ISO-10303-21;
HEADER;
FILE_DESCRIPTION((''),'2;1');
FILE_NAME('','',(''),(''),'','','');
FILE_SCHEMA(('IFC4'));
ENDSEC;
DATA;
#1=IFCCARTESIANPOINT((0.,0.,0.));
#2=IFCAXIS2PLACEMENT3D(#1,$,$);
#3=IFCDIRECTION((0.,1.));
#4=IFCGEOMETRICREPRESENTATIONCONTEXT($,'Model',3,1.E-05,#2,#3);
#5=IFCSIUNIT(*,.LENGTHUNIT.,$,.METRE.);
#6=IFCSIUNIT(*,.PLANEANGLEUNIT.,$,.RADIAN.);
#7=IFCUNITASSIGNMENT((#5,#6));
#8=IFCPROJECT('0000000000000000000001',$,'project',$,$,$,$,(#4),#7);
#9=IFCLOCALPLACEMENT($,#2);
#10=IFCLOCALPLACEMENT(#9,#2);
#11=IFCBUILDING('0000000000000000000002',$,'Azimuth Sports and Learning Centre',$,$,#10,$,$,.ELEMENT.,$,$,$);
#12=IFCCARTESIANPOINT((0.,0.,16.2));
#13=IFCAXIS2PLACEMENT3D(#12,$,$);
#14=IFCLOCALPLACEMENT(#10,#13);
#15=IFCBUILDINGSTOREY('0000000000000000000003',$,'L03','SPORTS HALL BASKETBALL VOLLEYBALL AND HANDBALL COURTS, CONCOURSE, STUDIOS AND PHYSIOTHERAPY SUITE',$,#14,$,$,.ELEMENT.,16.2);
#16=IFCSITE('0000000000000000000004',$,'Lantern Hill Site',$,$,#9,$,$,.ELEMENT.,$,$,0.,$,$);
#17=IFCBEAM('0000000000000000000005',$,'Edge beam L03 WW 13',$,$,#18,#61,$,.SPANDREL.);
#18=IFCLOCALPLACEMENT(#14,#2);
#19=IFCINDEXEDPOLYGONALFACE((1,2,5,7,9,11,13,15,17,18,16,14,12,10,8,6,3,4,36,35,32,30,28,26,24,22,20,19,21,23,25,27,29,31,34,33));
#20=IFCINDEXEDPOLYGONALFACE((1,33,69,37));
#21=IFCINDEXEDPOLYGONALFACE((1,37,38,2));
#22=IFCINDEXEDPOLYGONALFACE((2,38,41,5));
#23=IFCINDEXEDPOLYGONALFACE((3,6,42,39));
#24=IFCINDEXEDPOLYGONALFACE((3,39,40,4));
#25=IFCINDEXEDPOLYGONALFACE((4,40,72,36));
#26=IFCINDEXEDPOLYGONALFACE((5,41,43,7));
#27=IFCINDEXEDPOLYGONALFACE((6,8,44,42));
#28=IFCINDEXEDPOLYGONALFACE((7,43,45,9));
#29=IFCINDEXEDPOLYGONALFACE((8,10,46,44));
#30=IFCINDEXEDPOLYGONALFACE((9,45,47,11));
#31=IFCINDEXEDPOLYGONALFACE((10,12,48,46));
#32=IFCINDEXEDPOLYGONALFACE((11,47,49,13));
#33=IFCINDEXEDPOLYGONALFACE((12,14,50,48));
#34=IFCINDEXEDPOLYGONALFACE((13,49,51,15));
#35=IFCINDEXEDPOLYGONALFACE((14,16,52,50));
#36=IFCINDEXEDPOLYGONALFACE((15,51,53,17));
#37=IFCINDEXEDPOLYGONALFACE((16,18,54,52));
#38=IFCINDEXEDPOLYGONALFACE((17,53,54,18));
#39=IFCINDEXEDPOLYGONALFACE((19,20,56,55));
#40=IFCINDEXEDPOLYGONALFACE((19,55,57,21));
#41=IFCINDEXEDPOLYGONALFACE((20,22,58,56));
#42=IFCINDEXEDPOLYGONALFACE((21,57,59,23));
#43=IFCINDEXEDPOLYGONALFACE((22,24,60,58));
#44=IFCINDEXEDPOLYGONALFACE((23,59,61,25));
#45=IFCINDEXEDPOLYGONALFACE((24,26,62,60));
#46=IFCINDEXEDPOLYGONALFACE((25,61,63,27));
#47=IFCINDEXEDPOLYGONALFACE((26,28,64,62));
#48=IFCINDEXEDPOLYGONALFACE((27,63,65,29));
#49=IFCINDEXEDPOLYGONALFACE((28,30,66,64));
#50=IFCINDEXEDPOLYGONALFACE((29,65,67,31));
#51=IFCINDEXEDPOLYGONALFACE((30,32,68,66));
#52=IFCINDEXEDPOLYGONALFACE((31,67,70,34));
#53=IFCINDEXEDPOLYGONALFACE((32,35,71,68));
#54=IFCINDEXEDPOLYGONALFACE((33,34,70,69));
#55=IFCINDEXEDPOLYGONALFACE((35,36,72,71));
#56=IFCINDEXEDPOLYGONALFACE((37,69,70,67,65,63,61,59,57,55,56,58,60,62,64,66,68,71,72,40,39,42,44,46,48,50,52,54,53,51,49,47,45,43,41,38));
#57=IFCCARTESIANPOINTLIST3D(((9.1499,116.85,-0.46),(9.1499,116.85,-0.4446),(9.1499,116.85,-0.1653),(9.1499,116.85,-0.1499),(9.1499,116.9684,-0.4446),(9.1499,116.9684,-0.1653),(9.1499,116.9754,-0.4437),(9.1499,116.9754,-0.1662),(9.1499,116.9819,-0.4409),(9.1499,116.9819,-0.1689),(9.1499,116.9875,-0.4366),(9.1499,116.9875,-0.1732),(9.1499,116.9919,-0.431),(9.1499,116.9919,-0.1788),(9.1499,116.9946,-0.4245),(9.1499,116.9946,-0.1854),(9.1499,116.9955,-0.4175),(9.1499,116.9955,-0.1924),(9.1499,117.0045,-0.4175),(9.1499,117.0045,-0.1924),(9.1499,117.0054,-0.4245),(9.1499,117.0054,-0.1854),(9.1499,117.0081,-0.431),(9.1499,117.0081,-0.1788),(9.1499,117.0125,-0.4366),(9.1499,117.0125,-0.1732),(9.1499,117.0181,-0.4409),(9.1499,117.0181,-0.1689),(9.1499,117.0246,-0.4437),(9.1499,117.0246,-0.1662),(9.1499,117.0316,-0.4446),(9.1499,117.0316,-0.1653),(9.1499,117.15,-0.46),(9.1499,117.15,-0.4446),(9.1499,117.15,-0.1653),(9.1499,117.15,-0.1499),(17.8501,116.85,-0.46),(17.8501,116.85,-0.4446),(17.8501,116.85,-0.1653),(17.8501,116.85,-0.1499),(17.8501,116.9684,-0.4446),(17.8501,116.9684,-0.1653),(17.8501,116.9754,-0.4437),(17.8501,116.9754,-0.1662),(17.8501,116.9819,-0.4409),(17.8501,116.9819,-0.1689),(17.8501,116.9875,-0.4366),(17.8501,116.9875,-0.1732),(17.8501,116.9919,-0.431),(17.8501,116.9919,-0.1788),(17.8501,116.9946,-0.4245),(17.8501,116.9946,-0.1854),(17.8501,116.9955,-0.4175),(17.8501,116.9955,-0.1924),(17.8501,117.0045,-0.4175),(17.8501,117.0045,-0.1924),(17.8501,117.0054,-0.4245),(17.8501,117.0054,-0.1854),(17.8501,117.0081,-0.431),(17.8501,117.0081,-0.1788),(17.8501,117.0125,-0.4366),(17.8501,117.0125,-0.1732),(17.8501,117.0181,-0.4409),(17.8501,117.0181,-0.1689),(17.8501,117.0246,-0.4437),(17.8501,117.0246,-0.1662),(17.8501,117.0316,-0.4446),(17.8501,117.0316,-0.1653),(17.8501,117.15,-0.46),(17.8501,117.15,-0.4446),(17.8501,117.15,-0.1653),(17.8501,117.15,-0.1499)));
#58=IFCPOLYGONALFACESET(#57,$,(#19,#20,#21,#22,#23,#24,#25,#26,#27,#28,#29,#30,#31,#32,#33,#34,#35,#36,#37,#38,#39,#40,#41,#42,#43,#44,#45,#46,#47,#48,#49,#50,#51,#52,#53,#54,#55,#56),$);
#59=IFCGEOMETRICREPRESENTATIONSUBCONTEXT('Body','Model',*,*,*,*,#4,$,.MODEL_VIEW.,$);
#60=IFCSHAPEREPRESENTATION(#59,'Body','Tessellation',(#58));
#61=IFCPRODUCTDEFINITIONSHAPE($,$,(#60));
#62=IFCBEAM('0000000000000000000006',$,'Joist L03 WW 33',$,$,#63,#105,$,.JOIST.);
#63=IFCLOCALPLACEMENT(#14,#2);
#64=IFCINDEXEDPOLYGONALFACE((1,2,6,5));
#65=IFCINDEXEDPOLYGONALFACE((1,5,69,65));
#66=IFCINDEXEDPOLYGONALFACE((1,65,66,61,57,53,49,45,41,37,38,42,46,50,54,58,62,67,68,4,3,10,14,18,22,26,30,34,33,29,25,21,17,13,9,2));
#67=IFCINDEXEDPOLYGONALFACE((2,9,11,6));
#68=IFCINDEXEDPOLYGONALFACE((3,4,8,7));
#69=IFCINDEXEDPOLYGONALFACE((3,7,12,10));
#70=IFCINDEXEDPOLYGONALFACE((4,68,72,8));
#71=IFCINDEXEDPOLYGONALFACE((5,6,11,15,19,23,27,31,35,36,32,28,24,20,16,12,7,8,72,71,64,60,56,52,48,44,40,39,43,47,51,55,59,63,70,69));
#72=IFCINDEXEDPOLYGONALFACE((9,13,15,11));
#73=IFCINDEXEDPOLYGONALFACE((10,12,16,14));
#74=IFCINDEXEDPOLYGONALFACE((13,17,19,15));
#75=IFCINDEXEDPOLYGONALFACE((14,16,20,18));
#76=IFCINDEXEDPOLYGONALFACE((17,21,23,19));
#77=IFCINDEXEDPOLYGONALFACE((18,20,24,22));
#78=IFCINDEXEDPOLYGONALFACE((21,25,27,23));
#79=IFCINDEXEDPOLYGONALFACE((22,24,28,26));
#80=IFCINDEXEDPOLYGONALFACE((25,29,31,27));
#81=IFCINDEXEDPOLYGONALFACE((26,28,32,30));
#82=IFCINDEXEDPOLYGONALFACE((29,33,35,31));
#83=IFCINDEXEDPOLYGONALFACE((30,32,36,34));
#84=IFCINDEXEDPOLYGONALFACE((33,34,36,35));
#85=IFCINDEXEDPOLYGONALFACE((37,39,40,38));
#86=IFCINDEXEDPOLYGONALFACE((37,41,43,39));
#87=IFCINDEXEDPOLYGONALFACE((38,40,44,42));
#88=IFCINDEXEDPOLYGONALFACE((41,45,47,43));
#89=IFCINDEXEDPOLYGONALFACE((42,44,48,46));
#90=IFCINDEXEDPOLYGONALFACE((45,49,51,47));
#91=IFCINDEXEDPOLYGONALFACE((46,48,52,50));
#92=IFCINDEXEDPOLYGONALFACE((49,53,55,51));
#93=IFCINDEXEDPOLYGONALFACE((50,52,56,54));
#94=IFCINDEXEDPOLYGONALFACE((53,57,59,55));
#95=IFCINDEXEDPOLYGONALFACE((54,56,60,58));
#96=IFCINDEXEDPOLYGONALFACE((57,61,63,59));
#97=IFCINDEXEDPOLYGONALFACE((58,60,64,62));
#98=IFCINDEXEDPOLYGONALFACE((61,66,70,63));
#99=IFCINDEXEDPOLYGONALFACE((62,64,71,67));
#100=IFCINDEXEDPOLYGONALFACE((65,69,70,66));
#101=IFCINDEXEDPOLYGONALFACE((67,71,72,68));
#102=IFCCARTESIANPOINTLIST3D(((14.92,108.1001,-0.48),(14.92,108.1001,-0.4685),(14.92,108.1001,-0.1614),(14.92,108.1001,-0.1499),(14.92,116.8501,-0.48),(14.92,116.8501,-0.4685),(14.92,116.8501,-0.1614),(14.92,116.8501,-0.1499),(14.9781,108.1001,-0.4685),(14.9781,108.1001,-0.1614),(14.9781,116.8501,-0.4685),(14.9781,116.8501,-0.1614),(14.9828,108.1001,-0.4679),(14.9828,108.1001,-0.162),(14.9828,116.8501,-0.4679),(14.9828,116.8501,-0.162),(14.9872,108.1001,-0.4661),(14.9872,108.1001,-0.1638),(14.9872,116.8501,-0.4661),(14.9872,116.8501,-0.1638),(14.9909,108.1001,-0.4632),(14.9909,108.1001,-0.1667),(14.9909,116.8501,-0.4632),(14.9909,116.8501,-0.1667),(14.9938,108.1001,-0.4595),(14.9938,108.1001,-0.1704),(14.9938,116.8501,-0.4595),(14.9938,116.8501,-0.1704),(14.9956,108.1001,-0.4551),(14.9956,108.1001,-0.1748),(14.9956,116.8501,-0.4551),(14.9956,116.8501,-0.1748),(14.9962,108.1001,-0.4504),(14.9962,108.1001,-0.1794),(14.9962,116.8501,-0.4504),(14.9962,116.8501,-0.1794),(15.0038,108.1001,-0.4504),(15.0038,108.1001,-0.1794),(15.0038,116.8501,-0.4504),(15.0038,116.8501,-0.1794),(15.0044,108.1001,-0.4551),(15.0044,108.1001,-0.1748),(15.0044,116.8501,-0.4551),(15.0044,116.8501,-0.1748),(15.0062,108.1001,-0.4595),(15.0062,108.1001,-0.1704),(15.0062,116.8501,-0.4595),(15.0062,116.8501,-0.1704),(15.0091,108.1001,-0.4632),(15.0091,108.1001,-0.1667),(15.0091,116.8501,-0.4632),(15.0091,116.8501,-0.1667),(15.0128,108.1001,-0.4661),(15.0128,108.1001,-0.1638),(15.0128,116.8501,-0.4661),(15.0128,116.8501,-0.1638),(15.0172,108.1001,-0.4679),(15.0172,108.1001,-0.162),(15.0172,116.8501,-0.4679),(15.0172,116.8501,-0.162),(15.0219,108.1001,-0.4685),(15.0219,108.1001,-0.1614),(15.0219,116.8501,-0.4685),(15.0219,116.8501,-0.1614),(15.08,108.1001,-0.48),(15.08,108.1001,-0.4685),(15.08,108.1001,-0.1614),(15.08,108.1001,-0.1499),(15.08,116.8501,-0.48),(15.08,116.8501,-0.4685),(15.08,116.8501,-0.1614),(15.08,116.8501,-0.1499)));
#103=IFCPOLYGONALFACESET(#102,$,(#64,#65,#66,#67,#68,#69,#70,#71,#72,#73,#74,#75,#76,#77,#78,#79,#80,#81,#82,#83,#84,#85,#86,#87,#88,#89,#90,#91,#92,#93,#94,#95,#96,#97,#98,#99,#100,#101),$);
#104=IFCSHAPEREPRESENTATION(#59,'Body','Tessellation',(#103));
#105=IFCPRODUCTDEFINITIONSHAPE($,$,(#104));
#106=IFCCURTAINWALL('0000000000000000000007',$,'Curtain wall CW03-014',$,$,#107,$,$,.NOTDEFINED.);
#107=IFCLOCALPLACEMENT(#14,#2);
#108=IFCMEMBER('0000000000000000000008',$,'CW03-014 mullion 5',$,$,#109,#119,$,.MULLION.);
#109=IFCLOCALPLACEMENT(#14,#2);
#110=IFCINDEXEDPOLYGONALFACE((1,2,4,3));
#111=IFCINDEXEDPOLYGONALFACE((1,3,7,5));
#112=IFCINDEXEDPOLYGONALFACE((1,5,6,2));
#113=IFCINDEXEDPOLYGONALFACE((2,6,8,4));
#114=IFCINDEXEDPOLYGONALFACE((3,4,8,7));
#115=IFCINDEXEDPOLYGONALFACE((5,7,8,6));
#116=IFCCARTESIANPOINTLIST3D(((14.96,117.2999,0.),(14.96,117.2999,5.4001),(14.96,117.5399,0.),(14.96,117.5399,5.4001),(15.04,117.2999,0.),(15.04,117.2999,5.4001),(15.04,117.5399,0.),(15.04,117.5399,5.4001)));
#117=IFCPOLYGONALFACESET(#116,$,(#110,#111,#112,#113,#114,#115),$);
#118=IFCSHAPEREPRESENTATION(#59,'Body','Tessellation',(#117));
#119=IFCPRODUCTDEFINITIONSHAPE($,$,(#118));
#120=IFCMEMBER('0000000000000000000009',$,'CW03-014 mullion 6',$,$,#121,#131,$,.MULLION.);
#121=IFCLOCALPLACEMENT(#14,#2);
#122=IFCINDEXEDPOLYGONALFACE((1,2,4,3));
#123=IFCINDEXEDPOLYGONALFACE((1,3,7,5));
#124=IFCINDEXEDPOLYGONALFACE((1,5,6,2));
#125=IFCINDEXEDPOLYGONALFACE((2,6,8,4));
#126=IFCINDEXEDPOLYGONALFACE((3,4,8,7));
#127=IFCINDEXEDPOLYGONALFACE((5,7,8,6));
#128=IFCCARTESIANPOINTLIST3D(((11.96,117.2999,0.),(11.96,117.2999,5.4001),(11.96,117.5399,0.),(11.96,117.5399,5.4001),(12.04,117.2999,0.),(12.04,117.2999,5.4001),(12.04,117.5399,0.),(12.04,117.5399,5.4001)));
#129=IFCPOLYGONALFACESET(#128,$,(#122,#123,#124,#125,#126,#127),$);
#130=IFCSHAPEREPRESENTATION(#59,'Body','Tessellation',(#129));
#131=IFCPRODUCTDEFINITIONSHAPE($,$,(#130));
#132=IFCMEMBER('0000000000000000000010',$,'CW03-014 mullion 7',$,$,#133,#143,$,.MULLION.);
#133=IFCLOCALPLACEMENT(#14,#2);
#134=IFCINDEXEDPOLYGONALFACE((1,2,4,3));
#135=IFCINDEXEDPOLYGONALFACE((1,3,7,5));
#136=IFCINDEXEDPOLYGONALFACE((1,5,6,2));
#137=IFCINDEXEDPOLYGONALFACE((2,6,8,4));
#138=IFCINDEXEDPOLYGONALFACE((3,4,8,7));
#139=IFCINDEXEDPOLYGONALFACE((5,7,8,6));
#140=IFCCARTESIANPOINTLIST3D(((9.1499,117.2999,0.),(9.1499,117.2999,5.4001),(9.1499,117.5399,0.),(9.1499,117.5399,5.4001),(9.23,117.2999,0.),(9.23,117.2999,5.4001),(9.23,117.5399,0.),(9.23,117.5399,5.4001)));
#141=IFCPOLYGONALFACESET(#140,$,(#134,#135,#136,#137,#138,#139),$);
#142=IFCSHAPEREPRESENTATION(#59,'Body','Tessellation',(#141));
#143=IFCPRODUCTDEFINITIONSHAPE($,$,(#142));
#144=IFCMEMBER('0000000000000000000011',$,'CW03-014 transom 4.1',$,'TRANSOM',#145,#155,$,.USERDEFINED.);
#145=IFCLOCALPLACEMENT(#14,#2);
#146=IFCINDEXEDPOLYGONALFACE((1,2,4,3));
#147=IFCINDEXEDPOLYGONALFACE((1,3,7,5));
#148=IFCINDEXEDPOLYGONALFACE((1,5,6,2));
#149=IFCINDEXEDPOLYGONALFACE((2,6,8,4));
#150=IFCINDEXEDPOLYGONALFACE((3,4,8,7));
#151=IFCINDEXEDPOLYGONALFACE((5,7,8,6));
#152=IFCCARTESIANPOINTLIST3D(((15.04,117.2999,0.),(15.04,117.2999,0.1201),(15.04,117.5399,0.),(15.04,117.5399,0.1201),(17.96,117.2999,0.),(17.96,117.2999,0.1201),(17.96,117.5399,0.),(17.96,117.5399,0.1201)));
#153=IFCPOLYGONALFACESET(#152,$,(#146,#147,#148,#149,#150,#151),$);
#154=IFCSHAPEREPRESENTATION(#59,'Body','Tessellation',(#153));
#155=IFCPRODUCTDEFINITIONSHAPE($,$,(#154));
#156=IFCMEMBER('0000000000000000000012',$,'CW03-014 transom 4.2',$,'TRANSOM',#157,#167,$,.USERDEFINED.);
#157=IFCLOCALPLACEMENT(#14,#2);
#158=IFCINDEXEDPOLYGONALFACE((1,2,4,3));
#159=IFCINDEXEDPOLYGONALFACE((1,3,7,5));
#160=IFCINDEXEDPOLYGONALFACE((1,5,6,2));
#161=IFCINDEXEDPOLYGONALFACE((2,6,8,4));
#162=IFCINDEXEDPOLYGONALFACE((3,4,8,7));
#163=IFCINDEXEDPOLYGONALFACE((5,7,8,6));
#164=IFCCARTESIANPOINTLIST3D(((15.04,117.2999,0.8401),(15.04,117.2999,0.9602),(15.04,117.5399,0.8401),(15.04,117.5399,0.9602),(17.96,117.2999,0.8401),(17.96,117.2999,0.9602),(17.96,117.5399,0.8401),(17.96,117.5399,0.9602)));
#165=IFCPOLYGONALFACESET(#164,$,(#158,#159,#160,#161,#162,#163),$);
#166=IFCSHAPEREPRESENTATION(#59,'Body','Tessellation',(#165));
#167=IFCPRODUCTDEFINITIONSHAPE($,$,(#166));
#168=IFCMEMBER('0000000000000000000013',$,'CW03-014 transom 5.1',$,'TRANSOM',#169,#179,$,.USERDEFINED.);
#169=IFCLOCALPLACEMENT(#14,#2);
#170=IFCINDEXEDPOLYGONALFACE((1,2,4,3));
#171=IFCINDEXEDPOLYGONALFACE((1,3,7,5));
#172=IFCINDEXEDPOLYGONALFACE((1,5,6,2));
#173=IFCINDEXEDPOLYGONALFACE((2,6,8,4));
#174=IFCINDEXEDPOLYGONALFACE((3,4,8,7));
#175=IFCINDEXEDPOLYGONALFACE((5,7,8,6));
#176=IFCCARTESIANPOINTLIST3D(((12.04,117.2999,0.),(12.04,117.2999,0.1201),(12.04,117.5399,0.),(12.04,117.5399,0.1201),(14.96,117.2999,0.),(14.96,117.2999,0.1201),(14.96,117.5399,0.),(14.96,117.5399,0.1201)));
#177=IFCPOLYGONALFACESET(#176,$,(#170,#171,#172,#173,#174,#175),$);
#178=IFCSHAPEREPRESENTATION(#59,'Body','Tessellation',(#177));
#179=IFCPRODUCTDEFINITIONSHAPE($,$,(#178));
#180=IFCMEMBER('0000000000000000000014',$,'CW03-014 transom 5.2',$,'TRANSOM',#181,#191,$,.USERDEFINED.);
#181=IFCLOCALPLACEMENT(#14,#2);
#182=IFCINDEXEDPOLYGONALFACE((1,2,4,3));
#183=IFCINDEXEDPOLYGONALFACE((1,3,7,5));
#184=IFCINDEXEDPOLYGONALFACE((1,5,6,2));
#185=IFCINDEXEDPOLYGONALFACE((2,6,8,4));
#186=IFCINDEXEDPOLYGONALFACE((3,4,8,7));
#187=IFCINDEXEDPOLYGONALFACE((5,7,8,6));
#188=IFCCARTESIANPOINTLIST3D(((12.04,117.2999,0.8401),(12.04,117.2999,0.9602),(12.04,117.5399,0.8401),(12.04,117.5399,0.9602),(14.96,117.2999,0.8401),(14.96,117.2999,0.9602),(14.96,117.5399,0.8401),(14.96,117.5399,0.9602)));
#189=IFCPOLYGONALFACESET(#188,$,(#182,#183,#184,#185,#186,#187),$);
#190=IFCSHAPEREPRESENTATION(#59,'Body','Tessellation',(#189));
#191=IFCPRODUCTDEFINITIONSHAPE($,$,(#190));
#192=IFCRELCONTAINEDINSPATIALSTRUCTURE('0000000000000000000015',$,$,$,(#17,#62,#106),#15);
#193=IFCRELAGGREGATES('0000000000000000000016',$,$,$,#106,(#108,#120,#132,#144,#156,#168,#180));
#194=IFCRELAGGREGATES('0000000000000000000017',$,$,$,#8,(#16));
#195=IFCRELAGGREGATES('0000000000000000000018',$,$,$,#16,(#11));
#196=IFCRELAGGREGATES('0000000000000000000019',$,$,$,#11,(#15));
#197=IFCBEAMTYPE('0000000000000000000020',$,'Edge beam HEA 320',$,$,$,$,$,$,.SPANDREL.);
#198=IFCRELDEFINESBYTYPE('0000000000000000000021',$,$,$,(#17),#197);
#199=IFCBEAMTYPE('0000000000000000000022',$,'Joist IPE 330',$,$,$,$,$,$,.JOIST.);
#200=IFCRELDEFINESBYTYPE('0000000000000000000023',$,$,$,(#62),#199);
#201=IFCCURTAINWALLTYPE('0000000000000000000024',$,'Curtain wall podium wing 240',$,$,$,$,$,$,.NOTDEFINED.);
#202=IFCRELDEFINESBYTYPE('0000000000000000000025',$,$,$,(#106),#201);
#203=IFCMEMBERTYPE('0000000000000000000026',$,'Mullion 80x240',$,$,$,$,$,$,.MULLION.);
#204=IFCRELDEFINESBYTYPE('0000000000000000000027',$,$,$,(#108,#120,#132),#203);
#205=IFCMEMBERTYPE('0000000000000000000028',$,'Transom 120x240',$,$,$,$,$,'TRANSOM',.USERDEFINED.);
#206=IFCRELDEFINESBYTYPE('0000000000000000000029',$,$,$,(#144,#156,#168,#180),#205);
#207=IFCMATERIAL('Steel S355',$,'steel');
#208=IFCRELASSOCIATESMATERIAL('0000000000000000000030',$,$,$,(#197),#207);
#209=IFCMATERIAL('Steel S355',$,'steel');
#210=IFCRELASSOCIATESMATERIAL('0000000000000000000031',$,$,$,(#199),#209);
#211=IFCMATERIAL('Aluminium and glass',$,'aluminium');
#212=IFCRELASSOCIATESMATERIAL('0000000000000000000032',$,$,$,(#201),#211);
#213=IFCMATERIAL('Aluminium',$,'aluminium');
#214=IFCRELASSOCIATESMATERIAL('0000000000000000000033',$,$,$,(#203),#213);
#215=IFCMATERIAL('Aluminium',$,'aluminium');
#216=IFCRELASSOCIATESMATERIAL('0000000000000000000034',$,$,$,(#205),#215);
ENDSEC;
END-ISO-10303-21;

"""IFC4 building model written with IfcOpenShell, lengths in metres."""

from ifc_helpers import new_model, si_unit, direction, frame, origin, origin_2d, place, context, subcontext, project, spatial, rectangle, i_section, extrude, material, material_profile, profile_set, type_object, element, aggregate, save


model = new_model("IFC4")

# Units and contexts
model_context = context("Model", 3, precision=1e-05, world=origin(), true_north=direction((0.0, 1.0)))
body_context = subcontext(model_context, "Body", "Model", "MODEL_VIEW")
ifc_project = project(units=[si_unit("LENGTHUNIT", "METRE"), si_unit("PLANEANGLEUNIT", "RADIAN")], contexts=[model_context])

# Site, building, storey
site_placement = place(None, origin())
site = spatial("IfcSite", under=ifc_project, at=site_placement, Name="Lantern Hill Site", CompositionType="ELEMENT", RefElevation=0.0)
building_placement = place(site_placement, origin())
building = spatial("IfcBuilding", under=site, at=building_placement, Name="Azimuth Sports and Learning Centre", CompositionType="ELEMENT")
storey_placement = place(building_placement, frame((0.0, 0.0, 16.2)))
storey = spatial("IfcBuildingStorey", under=building, at=storey_placement, Name="L03", Description="SPORTS HALL BASKETBALL VOLLEYBALL AND HANDBALL COURTS, CONCOURSE, STUDIOS AND PHYSIOTHERAPY SUITE", CompositionType="ELEMENT", Elevation=16.2)

# Beams
ifc_material_1 = material(Name="Steel S355", Category="steel")
ifc_material_profile_1 = material_profile(ifc_material_1, i_section(OverallWidth=0.3, OverallDepth=0.3101, WebThickness=0.009, FlangeThickness=0.0154, FilletRadius=0.0271, at=origin_2d()), Name="HEA 320")
ifc_profile_set_1 = profile_set([ifc_material_profile_1], Name="Steel S355")
beam_type_1 = type_object("IfcBeamType", Name="Edge beam HEA 320", PredefinedType="SPANDREL", material=ifc_profile_set_1)
beam_1_placement = place(storey_placement, frame((9.1499, 117.0, -0.3049), z_axis=(1.0, 0.0, 0.0), x_axis=(0.0, 1.0, 0.0)))
element("IfcBeam", 1, at=beam_1_placement, inside=storey, type_object=beam_type_1, Name="Edge beam L03 WW 13", PredefinedType="SPANDREL", context=body_context, shape_type="SweptSolid", body=[
    extrude(i_section(OverallWidth=0.3, OverallDepth=0.3101, WebThickness=0.009, FlangeThickness=0.0154, FilletRadius=0.0271, at=origin_2d()), origin(), (0.0, 0.0, 1.0), 8.7002),
])
ifc_material_2 = material(Name="Steel S355", Category="steel")
ifc_material_profile_2 = material_profile(ifc_material_2, i_section(OverallWidth=0.1599, OverallDepth=0.3301, WebThickness=0.0076, FlangeThickness=0.0115, FilletRadius=0.0181, at=origin_2d()), Name="IPE 330")
ifc_profile_set_2 = profile_set([ifc_material_profile_2], Name="Steel S355")
beam_type_2 = type_object("IfcBeamType", Name="Joist IPE 330", PredefinedType="JOIST", material=ifc_profile_set_2)
beam_2_placement = place(storey_placement, frame((15.0, 108.1001, -0.3149), z_axis=(0.0, 1.0, 0.0), x_axis=(-1.0, 0.0, 0.0)))
element("IfcBeam", 2, at=beam_2_placement, inside=storey, type_object=beam_type_2, Name="Joist L03 WW 33", PredefinedType="JOIST", context=body_context, shape_type="SweptSolid", body=[
    extrude(i_section(OverallWidth=0.1599, OverallDepth=0.3301, WebThickness=0.0076, FlangeThickness=0.0115, FilletRadius=0.0181, at=origin_2d()), origin(), (0.0, 0.0, 1.0), 8.75),
])

# Curtain wall, members
ifc_material_3 = material(Name="Aluminium and glass", Category="aluminium")
curtain_wall_type = type_object("IfcCurtainWallType", Name="Curtain wall podium wing 240", PredefinedType="NOTDEFINED", material=ifc_material_3)
curtain_wall_placement = place(storey_placement, origin())
curtain_wall = element("IfcCurtainWall", 3, at=curtain_wall_placement, inside=storey, type_object=curtain_wall_type, Name="Curtain wall CW03-014", PredefinedType="NOTDEFINED")
ifc_material_4 = material(Name="Aluminium", Category="aluminium")
ifc_material_profile_3 = material_profile(ifc_material_4, rectangle(XDim=0.24, YDim=0.0801, at=origin_2d()), Name="Mullion 80x240")
ifc_profile_set_3 = profile_set([ifc_material_profile_3], Name="Aluminium")
member_type_1 = type_object("IfcMemberType", Name="Mullion 80x240", PredefinedType="MULLION", material=ifc_profile_set_3)
member_1_placement = place(storey_placement, frame((15.0, 117.4199, 0.0), z_axis=(0.0, 0.0, 1.0), x_axis=(0.0, -1.0, 0.0)))
member_1 = element("IfcMember", 4, at=member_1_placement, type_object=member_type_1, Name="CW03-014 mullion 5", PredefinedType="MULLION", context=body_context, shape_type="SweptSolid", body=[
    extrude(rectangle(XDim=0.24, YDim=0.0801, at=origin_2d()), origin(), (0.0, 0.0, 1.0), 5.4001),
])
member_2_placement = place(storey_placement, frame((12.0, 117.4199, 0.0), z_axis=(0.0, 0.0, 1.0), x_axis=(0.0, -1.0, 0.0)))
member_2 = element("IfcMember", 5, at=member_2_placement, type_object=member_type_1, Name="CW03-014 mullion 6", PredefinedType="MULLION", context=body_context, shape_type="SweptSolid", body=[
    extrude(rectangle(XDim=0.24, YDim=0.0801, at=origin_2d()), origin(), (0.0, 0.0, 1.0), 5.4001),
])
member_3_placement = place(storey_placement, frame((9.1899, 117.4199, 0.0), z_axis=(0.0, 0.0, 1.0), x_axis=(0.0, -1.0, 0.0)))
member_3 = element("IfcMember", 6, at=member_3_placement, type_object=member_type_1, Name="CW03-014 mullion 7", PredefinedType="MULLION", context=body_context, shape_type="SweptSolid", body=[
    extrude(rectangle(XDim=0.24, YDim=0.0801, at=origin_2d()), origin(), (0.0, 0.0, 1.0), 5.4001),
])
ifc_material_5 = material(Name="Aluminium", Category="aluminium")
ifc_material_profile_4 = material_profile(ifc_material_5, rectangle(XDim=0.24, YDim=0.1201, at=origin_2d()), Name="Transom 120x240")
ifc_profile_set_4 = profile_set([ifc_material_profile_4], Name="Aluminium")
member_type_2 = type_object("IfcMemberType", Name="Transom 120x240", ElementType="TRANSOM", PredefinedType="USERDEFINED", material=ifc_profile_set_4)
member_4_placement = place(storey_placement, frame((17.96, 117.4199, 0.0601), z_axis=(-1.0, 0.0, 0.0), x_axis=(0.0, -1.0, 0.0)))
member_4 = element("IfcMember", 7, at=member_4_placement, type_object=member_type_2, Name="CW03-014 transom 4.1", ObjectType="TRANSOM", PredefinedType="USERDEFINED", context=body_context, shape_type="SweptSolid", body=[
    extrude(rectangle(XDim=0.24, YDim=0.1201, at=origin_2d()), origin(), (0.0, 0.0, 1.0), 2.9199),
])
member_5_placement = place(storey_placement, frame((17.96, 117.4199, 0.9001), z_axis=(-1.0, 0.0, 0.0), x_axis=(0.0, -1.0, 0.0)))
member_5 = element("IfcMember", 8, at=member_5_placement, type_object=member_type_2, Name="CW03-014 transom 4.2", ObjectType="TRANSOM", PredefinedType="USERDEFINED", context=body_context, shape_type="SweptSolid", body=[
    extrude(rectangle(XDim=0.24, YDim=0.1201, at=origin_2d()), origin(), (0.0, 0.0, 1.0), 2.9199),
])
member_6_placement = place(storey_placement, frame((14.96, 117.4199, 0.0601), z_axis=(-1.0, 0.0, 0.0), x_axis=(0.0, -1.0, 0.0)))
member_6 = element("IfcMember", 9, at=member_6_placement, type_object=member_type_2, Name="CW03-014 transom 5.1", ObjectType="TRANSOM", PredefinedType="USERDEFINED", context=body_context, shape_type="SweptSolid", body=[
    extrude(rectangle(XDim=0.24, YDim=0.1201, at=origin_2d()), origin(), (0.0, 0.0, 1.0), 2.9199),
])
member_7_placement = place(storey_placement, frame((14.96, 117.4199, 0.9001), z_axis=(-1.0, 0.0, 0.0), x_axis=(0.0, -1.0, 0.0)))
member_7 = element("IfcMember", 10, at=member_7_placement, type_object=member_type_2, Name="CW03-014 transom 5.2", ObjectType="TRANSOM", PredefinedType="USERDEFINED", context=body_context, shape_type="SweptSolid", body=[
    extrude(rectangle(XDim=0.24, YDim=0.1201, at=origin_2d()), origin(), (0.0, 0.0, 1.0), 2.9199),
])
aggregate(curtain_wall, [member_1, member_2, member_3, member_4, member_5, member_6, member_7])

save(model, "model.ifc")
